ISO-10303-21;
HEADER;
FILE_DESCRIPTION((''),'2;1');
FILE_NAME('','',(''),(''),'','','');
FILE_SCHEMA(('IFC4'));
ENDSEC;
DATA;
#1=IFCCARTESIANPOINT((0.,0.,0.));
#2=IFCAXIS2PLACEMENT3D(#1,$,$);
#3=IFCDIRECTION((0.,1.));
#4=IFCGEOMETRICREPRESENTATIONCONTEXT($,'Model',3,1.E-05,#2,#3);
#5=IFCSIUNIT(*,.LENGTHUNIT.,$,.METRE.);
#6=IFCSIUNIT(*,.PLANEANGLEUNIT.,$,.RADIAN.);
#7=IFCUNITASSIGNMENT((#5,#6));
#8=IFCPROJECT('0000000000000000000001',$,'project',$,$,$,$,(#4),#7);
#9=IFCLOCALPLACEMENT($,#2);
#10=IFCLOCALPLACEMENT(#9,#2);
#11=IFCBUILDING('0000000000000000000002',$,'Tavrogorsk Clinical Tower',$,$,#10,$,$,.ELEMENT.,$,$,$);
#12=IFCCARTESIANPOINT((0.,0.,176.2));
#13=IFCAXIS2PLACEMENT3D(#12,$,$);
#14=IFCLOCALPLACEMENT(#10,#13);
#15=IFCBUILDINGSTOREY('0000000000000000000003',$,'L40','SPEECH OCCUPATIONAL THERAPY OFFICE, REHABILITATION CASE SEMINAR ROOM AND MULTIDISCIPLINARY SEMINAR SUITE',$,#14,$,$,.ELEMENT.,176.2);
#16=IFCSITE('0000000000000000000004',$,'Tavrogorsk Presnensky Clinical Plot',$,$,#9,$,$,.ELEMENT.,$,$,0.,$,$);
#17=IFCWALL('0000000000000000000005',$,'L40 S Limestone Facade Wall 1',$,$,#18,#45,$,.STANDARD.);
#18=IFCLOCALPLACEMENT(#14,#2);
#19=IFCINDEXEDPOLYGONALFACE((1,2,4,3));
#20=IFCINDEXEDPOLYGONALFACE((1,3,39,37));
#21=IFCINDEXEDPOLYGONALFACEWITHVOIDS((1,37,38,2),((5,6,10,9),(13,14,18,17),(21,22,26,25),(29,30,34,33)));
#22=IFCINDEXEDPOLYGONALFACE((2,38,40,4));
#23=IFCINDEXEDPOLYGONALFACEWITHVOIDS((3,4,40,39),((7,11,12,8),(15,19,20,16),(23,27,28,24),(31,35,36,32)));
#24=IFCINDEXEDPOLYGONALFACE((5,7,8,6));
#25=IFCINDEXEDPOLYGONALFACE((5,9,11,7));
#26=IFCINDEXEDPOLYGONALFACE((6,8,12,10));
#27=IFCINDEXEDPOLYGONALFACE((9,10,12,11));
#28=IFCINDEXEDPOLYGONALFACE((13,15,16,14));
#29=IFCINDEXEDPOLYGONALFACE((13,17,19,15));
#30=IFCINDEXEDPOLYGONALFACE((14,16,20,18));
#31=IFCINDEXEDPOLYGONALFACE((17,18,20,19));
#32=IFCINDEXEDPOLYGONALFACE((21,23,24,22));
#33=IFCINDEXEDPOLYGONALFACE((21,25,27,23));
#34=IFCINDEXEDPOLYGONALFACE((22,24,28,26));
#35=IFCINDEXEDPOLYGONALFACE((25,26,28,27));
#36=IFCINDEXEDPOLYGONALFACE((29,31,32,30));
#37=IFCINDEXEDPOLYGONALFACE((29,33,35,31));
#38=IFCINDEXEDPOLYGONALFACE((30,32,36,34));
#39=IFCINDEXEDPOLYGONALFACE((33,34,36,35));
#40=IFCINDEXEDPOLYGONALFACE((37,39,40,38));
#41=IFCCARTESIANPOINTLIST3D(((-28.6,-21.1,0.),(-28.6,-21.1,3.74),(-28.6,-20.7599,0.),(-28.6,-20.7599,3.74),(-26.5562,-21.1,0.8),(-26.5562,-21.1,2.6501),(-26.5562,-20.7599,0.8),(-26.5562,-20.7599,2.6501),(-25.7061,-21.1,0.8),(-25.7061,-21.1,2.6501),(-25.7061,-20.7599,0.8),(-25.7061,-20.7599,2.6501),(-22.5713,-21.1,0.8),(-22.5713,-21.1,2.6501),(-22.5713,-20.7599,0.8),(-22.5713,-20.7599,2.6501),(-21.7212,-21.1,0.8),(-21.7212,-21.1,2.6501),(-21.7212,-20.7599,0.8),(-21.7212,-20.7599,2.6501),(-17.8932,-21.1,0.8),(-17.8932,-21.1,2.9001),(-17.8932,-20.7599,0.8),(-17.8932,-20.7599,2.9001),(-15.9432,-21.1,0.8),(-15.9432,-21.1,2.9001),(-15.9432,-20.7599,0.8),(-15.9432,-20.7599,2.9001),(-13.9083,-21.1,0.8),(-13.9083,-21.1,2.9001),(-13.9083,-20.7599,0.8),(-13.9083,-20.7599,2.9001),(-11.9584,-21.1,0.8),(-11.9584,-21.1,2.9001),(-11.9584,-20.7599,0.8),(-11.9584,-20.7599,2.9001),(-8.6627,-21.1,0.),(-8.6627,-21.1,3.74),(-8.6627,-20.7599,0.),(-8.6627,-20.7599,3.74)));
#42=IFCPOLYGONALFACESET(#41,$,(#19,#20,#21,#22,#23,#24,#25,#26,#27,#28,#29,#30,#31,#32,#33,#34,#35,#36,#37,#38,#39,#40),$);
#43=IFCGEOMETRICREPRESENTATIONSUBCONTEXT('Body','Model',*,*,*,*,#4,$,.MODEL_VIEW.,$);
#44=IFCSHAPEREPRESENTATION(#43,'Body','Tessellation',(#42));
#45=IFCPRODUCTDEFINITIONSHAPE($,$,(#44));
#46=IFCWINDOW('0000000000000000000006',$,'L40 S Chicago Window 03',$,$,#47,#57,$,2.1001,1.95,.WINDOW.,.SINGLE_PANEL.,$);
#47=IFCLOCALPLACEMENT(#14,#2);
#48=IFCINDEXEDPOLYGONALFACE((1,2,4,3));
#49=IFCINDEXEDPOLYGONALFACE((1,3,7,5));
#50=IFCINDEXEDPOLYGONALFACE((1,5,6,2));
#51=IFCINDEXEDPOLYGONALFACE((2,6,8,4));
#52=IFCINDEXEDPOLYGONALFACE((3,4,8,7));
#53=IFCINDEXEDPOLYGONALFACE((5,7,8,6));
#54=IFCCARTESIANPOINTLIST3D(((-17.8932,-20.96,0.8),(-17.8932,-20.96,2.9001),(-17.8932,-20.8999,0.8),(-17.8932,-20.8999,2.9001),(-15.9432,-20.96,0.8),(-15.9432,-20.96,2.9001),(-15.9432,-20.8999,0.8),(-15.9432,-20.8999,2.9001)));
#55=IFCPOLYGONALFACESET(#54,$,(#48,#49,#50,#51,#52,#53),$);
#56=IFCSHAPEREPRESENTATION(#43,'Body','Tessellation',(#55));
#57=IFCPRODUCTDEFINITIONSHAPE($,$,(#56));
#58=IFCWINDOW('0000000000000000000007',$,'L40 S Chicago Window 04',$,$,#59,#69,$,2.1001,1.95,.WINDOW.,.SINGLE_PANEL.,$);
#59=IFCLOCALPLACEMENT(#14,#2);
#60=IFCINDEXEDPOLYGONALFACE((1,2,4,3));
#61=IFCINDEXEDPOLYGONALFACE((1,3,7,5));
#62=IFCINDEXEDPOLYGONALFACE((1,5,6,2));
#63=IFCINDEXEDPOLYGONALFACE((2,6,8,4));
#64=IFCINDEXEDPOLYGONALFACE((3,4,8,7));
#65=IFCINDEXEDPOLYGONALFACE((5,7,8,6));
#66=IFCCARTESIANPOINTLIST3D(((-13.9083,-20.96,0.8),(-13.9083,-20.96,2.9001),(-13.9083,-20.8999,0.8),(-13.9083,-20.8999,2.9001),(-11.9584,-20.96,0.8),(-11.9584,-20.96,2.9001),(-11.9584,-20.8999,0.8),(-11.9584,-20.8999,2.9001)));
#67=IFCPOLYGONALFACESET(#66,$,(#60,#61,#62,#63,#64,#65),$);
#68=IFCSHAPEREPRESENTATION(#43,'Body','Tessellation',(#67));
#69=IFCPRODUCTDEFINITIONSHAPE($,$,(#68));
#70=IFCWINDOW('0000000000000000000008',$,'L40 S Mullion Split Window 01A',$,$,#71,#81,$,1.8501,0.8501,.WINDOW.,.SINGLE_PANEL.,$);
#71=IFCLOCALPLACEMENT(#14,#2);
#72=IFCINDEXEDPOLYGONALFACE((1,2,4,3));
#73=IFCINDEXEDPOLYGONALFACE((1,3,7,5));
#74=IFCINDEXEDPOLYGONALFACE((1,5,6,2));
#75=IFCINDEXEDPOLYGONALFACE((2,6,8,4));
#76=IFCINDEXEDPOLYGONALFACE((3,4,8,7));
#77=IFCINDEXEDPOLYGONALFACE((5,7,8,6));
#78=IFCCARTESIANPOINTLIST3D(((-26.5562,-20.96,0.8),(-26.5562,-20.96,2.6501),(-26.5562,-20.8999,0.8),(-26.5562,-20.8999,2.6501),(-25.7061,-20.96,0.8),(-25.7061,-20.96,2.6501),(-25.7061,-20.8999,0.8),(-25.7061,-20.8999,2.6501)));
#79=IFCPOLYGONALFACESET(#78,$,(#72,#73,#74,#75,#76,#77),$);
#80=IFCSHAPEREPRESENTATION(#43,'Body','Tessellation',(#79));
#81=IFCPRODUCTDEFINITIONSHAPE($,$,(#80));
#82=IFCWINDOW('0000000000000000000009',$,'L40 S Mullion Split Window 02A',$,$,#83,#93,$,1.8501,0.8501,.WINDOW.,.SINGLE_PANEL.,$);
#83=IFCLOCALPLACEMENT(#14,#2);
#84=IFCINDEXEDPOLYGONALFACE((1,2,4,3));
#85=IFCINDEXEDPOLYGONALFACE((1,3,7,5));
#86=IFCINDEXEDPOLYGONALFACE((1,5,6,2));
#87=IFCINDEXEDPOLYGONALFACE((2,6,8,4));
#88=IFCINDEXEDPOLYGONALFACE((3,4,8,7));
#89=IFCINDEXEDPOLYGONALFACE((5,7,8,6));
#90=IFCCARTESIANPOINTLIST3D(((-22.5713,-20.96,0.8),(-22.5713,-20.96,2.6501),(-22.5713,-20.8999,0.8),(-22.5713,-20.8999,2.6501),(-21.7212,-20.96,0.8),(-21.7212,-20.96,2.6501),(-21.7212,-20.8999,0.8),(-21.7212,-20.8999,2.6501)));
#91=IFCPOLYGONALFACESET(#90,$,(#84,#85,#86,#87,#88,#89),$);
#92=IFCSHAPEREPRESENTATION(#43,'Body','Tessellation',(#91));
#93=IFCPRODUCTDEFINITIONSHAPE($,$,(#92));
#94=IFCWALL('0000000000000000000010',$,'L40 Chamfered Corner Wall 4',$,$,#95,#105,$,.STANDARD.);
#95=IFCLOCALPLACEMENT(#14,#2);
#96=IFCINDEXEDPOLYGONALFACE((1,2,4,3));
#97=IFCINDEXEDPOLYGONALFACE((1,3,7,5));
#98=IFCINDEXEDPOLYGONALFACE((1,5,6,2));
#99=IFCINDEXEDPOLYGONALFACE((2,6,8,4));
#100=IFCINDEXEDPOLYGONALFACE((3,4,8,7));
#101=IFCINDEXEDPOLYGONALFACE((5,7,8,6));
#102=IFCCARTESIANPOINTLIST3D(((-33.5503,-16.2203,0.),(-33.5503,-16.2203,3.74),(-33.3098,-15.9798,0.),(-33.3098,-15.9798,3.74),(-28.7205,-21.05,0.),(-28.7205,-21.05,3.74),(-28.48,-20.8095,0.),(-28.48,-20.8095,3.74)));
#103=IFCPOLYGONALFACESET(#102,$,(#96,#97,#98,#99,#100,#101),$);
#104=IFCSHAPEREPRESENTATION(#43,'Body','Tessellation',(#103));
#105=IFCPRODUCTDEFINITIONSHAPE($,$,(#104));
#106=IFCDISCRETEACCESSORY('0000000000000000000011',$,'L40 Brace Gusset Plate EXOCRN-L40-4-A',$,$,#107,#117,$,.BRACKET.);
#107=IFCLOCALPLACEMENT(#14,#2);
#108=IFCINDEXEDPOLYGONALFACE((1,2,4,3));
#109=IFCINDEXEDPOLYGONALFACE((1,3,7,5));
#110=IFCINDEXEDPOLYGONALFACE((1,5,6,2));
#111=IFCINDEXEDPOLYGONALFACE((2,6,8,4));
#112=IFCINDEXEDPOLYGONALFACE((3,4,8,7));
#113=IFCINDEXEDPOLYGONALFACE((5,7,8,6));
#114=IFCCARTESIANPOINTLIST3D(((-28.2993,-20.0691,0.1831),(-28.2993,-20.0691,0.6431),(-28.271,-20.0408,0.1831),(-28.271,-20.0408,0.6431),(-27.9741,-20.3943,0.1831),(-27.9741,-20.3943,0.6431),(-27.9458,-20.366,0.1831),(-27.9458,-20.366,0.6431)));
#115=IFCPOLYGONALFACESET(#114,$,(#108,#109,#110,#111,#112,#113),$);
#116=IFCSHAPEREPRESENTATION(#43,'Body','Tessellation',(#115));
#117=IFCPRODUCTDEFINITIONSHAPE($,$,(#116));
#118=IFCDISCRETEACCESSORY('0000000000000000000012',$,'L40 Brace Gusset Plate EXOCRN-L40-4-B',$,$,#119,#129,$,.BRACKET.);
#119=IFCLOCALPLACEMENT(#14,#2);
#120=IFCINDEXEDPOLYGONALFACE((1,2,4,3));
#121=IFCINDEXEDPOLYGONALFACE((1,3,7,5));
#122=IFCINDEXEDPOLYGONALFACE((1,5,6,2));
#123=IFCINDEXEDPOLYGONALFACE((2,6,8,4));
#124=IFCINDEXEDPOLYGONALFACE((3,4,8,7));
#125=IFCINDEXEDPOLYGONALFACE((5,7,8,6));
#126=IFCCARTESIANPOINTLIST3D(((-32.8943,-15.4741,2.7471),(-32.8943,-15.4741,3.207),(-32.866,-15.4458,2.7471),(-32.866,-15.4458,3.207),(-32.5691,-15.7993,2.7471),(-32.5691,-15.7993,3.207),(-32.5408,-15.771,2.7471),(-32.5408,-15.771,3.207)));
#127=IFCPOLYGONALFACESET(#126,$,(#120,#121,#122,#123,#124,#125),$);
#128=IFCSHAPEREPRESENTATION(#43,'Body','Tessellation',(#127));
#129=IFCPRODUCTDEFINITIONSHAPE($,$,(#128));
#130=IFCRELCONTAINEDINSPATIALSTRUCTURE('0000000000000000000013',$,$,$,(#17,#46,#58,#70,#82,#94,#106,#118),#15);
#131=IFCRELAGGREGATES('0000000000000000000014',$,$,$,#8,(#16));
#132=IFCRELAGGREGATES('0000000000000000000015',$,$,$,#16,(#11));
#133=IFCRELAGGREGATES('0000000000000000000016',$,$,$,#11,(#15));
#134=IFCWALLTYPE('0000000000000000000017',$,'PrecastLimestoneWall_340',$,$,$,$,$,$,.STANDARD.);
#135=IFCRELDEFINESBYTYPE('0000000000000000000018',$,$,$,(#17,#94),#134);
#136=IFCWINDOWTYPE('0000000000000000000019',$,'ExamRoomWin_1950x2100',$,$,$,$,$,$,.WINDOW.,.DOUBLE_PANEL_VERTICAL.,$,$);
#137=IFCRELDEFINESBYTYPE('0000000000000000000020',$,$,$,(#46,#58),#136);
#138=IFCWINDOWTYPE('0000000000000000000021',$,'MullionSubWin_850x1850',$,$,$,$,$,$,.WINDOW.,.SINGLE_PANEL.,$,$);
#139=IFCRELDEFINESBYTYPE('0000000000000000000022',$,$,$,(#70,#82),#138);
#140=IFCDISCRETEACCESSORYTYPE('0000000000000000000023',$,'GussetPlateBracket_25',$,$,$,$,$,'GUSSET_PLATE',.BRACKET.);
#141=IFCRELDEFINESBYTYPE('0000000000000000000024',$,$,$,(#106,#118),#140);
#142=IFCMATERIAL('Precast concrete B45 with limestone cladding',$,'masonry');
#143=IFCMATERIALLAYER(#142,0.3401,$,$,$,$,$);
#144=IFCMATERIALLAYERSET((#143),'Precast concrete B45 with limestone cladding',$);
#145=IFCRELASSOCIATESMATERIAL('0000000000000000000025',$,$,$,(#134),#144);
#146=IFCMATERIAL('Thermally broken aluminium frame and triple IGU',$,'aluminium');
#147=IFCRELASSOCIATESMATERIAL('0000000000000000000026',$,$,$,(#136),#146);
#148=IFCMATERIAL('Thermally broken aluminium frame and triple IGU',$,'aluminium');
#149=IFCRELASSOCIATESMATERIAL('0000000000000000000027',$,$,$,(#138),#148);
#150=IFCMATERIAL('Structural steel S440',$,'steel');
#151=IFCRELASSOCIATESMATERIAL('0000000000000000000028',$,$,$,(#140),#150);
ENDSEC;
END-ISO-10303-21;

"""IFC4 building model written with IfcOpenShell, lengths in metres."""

from ifc_helpers import new_model, si_unit, direction, frame, frame_2d, origin, origin_2d, place, context, subcontext, project, spatial, rectangle, extrude, material, layer, layer_set, type_object, element, fill, save


model = new_model("IFC4")

# Units and contexts
model_context = context("Model", 3, precision=1e-05, world=origin(), true_north=direction((0.0, 1.0)))
body_context = subcontext(model_context, "Body", "Model", "MODEL_VIEW")
ifc_project = project(units=[si_unit("LENGTHUNIT", "METRE"), si_unit("PLANEANGLEUNIT", "RADIAN")], contexts=[model_context])

# Site, building, storey
site_placement = place(None, origin())
site = spatial("IfcSite", under=ifc_project, at=site_placement, Name="Tavrogorsk Presnensky Clinical Plot", CompositionType="ELEMENT", RefElevation=0.0)
building_placement = place(site_placement, origin())
building = spatial("IfcBuilding", under=site, at=building_placement, Name="Tavrogorsk Clinical Tower", CompositionType="ELEMENT")
storey_placement = place(building_placement, frame((0.0, 0.0, 176.2)))
storey = spatial("IfcBuildingStorey", under=building, at=storey_placement, Name="L40", Description="SPEECH OCCUPATIONAL THERAPY OFFICE, REHABILITATION CASE SEMINAR ROOM AND MULTIDISCIPLINARY SEMINAR SUITE", CompositionType="ELEMENT", Elevation=176.2)

# Wall, openings, windows
ifc_material_1 = material(Name="Precast concrete B45 with limestone cladding", Category="masonry")
ifc_layer_1 = layer(ifc_material_1, 0.3401)
ifc_layer_set_1 = layer_set([ifc_layer_1], Name="Precast concrete B45 with limestone cladding")
wall_type_1 = type_object("IfcWallType", Name="PrecastLimestoneWall_340", PredefinedType="STANDARD", material=ifc_layer_set_1)
wall_1_placement = place(storey_placement, frame((-28.6001, -20.9299, 0.0), z_axis=(0.0, 0.0, 1.0), x_axis=(1.0, 0.0, 0.0)))
wall_1 = element("IfcWall", 1, at=wall_1_placement, inside=storey, type_object=wall_type_1, Name="L40 S Limestone Facade Wall 1", PredefinedType="STANDARD", context=body_context, shape_type="SweptSolid", body=[
    extrude(rectangle(XDim=19.9373, YDim=0.3401, at=frame_2d((9.9688, 0.0))), origin(), (0.0, 0.0, 1.0), 3.74),
])
opening_1_placement = place(wall_1_placement, frame((2.0439, 0.0, 0.8)))
opening_1 = element("IfcOpeningElement", 2, at=opening_1_placement, cuts=wall_1, PredefinedType="OPENING", context=body_context, shape_type="SweptSolid", body=[
    extrude(rectangle(XDim=0.8501, YDim=1.8501, at=frame_2d((0.425, 0.925))), frame((0.0, 0.1799, 0.0), z_axis=(0.0, -1.0, 0.0), x_axis=(1.0, 0.0, 0.0)), (0.0, 0.0, 1.0), 0.3601),
])
opening_2_placement = place(wall_1_placement, frame((6.0288, 0.0, 0.8)))
opening_2 = element("IfcOpeningElement", 3, at=opening_2_placement, cuts=wall_1, PredefinedType="OPENING", context=body_context, shape_type="SweptSolid", body=[
    extrude(rectangle(XDim=0.8501, YDim=1.8501, at=frame_2d((0.425, 0.925))), frame((0.0, 0.1799, 0.0), z_axis=(0.0, -1.0, 0.0), x_axis=(1.0, 0.0, 0.0)), (0.0, 0.0, 1.0), 0.3601),
])
opening_3_placement = place(wall_1_placement, frame((10.7068, 0.0, 0.8)))
opening_3 = element("IfcOpeningElement", 4, at=opening_3_placement, cuts=wall_1, PredefinedType="OPENING", context=body_context, shape_type="SweptSolid", body=[
    extrude(rectangle(XDim=1.95, YDim=2.1001, at=frame_2d((0.9751, 1.05))), frame((0.0, 0.1799, 0.0), z_axis=(0.0, -1.0, 0.0), x_axis=(1.0, 0.0, 0.0)), (0.0, 0.0, 1.0), 0.3601),
])
opening_4_placement = place(wall_1_placement, frame((14.6917, 0.0, 0.8)))
opening_4 = element("IfcOpeningElement", 5, at=opening_4_placement, cuts=wall_1, PredefinedType="OPENING", context=body_context, shape_type="SweptSolid", body=[
    extrude(rectangle(XDim=1.95, YDim=2.1001, at=frame_2d((0.9751, 1.05))), frame((0.0, 0.1799, 0.0), z_axis=(0.0, -1.0, 0.0), x_axis=(1.0, 0.0, 0.0)), (0.0, 0.0, 1.0), 0.3601),
])
ifc_material_2 = material(Name="Thermally broken aluminium frame and triple IGU", Category="aluminium")
window_type_1 = type_object("IfcWindowType", Name="ExamRoomWin_1950x2100", PartitioningType="DOUBLE_PANEL_VERTICAL", PredefinedType="WINDOW", material=ifc_material_2)
window_1_placement = place(opening_3_placement, origin())
window_1 = element("IfcWindow", 6, at=window_1_placement, inside=storey, type_object=window_type_1, Name="L40 S Chicago Window 03", OverallHeight=2.1001, OverallWidth=1.95, PartitioningType="SINGLE_PANEL", PredefinedType="WINDOW", context=body_context, shape_type="SweptSolid", body=[
    extrude(rectangle(XDim=1.95, YDim=2.1001, at=frame_2d((0.9751, 1.05))), frame((0.0, 0.03, 0.0), z_axis=(0.0, -1.0, 0.0), x_axis=(1.0, 0.0, 0.0)), (0.0, 0.0, 1.0), 0.0601),
])
fill(opening_3, window_1)
window_2_placement = place(opening_4_placement, origin())
window_2 = element("IfcWindow", 7, at=window_2_placement, inside=storey, type_object=window_type_1, Name="L40 S Chicago Window 04", OverallHeight=2.1001, OverallWidth=1.95, PartitioningType="SINGLE_PANEL", PredefinedType="WINDOW", context=body_context, shape_type="SweptSolid", body=[
    extrude(rectangle(XDim=1.95, YDim=2.1001, at=frame_2d((0.9751, 1.05))), frame((0.0, 0.03, 0.0), z_axis=(0.0, -1.0, 0.0), x_axis=(1.0, 0.0, 0.0)), (0.0, 0.0, 1.0), 0.0601),
])
fill(opening_4, window_2)
ifc_material_3 = material(Name="Thermally broken aluminium frame and triple IGU", Category="aluminium")
window_type_2 = type_object("IfcWindowType", Name="MullionSubWin_850x1850", PartitioningType="SINGLE_PANEL", PredefinedType="WINDOW", material=ifc_material_3)
window_3_placement = place(opening_1_placement, origin())
window_3 = element("IfcWindow", 8, at=window_3_placement, inside=storey, type_object=window_type_2, Name="L40 S Mullion Split Window 01A", OverallHeight=1.8501, OverallWidth=0.8501, PartitioningType="SINGLE_PANEL", PredefinedType="WINDOW", context=body_context, shape_type="SweptSolid", body=[
    extrude(rectangle(XDim=0.8501, YDim=1.8501, at=frame_2d((0.425, 0.925))), frame((0.0, 0.03, 0.0), z_axis=(0.0, -1.0, 0.0), x_axis=(1.0, 0.0, 0.0)), (0.0, 0.0, 1.0), 0.0601),
])
fill(opening_1, window_3)
window_4_placement = place(opening_2_placement, origin())
window_4 = element("IfcWindow", 9, at=window_4_placement, inside=storey, type_object=window_type_2, Name="L40 S Mullion Split Window 02A", OverallHeight=1.8501, OverallWidth=0.8501, PartitioningType="SINGLE_PANEL", PredefinedType="WINDOW", context=body_context, shape_type="SweptSolid", body=[
    extrude(rectangle(XDim=0.8501, YDim=1.8501, at=frame_2d((0.425, 0.925))), frame((0.0, 0.03, 0.0), z_axis=(0.0, -1.0, 0.0), x_axis=(1.0, 0.0, 0.0)), (0.0, 0.0, 1.0), 0.0601),
])
fill(opening_2, window_4)

# Wall
wall_2_placement = place(storey_placement, frame((-33.4299, -16.1001, 0.0), z_axis=(0.0, 0.0, 1.0), x_axis=(0.707107, -0.707107, 0.0)))
element("IfcWall", 10, at=wall_2_placement, inside=storey, type_object=wall_type_1, Name="L40 Chamfered Corner Wall 4", PredefinedType="STANDARD", context=body_context, shape_type="SweptSolid", body=[
    extrude(rectangle(XDim=6.8303, YDim=0.3401, at=frame_2d((3.415, 0.0))), origin(), (0.0, 0.0, 1.0), 3.74),
])

# Discrete accessories
ifc_material_4 = material(Name="Structural steel S440", Category="steel")
discrete_accessory_type = type_object("IfcDiscreteAccessoryType", Name="GussetPlateBracket_25", ElementType="GUSSET_PLATE", PredefinedType="BRACKET", material=ifc_material_4)
for number, where, z_axis, x_axis, name in (
    (11, (-28.1226, -20.2175, 0.1831), (0.0, 0.0, 1.0), (-0.707107, 0.707107, 0.0), "L40 Brace Gusset Plate EXOCRN-L40-4-A"),
    (12, (-32.7175, -15.6226, 2.7471), (0.0, 0.0, 1.0), (-0.707107, 0.707107, 0.0), "L40 Brace Gusset Plate EXOCRN-L40-4-B"),
):
    element("IfcDiscreteAccessory", number, at=place(storey_placement, frame(where, z_axis=z_axis, x_axis=x_axis)), inside=storey, type_object=discrete_accessory_type, Name=name, PredefinedType="BRACKET", context=body_context, shape_type="SweptSolid", body=[
        extrude(rectangle(XDim=0.46, YDim=0.04, at=origin_2d()), origin(), (0.0, 0.0, 1.0), 0.46),
    ])

save(model, "model.ifc")
